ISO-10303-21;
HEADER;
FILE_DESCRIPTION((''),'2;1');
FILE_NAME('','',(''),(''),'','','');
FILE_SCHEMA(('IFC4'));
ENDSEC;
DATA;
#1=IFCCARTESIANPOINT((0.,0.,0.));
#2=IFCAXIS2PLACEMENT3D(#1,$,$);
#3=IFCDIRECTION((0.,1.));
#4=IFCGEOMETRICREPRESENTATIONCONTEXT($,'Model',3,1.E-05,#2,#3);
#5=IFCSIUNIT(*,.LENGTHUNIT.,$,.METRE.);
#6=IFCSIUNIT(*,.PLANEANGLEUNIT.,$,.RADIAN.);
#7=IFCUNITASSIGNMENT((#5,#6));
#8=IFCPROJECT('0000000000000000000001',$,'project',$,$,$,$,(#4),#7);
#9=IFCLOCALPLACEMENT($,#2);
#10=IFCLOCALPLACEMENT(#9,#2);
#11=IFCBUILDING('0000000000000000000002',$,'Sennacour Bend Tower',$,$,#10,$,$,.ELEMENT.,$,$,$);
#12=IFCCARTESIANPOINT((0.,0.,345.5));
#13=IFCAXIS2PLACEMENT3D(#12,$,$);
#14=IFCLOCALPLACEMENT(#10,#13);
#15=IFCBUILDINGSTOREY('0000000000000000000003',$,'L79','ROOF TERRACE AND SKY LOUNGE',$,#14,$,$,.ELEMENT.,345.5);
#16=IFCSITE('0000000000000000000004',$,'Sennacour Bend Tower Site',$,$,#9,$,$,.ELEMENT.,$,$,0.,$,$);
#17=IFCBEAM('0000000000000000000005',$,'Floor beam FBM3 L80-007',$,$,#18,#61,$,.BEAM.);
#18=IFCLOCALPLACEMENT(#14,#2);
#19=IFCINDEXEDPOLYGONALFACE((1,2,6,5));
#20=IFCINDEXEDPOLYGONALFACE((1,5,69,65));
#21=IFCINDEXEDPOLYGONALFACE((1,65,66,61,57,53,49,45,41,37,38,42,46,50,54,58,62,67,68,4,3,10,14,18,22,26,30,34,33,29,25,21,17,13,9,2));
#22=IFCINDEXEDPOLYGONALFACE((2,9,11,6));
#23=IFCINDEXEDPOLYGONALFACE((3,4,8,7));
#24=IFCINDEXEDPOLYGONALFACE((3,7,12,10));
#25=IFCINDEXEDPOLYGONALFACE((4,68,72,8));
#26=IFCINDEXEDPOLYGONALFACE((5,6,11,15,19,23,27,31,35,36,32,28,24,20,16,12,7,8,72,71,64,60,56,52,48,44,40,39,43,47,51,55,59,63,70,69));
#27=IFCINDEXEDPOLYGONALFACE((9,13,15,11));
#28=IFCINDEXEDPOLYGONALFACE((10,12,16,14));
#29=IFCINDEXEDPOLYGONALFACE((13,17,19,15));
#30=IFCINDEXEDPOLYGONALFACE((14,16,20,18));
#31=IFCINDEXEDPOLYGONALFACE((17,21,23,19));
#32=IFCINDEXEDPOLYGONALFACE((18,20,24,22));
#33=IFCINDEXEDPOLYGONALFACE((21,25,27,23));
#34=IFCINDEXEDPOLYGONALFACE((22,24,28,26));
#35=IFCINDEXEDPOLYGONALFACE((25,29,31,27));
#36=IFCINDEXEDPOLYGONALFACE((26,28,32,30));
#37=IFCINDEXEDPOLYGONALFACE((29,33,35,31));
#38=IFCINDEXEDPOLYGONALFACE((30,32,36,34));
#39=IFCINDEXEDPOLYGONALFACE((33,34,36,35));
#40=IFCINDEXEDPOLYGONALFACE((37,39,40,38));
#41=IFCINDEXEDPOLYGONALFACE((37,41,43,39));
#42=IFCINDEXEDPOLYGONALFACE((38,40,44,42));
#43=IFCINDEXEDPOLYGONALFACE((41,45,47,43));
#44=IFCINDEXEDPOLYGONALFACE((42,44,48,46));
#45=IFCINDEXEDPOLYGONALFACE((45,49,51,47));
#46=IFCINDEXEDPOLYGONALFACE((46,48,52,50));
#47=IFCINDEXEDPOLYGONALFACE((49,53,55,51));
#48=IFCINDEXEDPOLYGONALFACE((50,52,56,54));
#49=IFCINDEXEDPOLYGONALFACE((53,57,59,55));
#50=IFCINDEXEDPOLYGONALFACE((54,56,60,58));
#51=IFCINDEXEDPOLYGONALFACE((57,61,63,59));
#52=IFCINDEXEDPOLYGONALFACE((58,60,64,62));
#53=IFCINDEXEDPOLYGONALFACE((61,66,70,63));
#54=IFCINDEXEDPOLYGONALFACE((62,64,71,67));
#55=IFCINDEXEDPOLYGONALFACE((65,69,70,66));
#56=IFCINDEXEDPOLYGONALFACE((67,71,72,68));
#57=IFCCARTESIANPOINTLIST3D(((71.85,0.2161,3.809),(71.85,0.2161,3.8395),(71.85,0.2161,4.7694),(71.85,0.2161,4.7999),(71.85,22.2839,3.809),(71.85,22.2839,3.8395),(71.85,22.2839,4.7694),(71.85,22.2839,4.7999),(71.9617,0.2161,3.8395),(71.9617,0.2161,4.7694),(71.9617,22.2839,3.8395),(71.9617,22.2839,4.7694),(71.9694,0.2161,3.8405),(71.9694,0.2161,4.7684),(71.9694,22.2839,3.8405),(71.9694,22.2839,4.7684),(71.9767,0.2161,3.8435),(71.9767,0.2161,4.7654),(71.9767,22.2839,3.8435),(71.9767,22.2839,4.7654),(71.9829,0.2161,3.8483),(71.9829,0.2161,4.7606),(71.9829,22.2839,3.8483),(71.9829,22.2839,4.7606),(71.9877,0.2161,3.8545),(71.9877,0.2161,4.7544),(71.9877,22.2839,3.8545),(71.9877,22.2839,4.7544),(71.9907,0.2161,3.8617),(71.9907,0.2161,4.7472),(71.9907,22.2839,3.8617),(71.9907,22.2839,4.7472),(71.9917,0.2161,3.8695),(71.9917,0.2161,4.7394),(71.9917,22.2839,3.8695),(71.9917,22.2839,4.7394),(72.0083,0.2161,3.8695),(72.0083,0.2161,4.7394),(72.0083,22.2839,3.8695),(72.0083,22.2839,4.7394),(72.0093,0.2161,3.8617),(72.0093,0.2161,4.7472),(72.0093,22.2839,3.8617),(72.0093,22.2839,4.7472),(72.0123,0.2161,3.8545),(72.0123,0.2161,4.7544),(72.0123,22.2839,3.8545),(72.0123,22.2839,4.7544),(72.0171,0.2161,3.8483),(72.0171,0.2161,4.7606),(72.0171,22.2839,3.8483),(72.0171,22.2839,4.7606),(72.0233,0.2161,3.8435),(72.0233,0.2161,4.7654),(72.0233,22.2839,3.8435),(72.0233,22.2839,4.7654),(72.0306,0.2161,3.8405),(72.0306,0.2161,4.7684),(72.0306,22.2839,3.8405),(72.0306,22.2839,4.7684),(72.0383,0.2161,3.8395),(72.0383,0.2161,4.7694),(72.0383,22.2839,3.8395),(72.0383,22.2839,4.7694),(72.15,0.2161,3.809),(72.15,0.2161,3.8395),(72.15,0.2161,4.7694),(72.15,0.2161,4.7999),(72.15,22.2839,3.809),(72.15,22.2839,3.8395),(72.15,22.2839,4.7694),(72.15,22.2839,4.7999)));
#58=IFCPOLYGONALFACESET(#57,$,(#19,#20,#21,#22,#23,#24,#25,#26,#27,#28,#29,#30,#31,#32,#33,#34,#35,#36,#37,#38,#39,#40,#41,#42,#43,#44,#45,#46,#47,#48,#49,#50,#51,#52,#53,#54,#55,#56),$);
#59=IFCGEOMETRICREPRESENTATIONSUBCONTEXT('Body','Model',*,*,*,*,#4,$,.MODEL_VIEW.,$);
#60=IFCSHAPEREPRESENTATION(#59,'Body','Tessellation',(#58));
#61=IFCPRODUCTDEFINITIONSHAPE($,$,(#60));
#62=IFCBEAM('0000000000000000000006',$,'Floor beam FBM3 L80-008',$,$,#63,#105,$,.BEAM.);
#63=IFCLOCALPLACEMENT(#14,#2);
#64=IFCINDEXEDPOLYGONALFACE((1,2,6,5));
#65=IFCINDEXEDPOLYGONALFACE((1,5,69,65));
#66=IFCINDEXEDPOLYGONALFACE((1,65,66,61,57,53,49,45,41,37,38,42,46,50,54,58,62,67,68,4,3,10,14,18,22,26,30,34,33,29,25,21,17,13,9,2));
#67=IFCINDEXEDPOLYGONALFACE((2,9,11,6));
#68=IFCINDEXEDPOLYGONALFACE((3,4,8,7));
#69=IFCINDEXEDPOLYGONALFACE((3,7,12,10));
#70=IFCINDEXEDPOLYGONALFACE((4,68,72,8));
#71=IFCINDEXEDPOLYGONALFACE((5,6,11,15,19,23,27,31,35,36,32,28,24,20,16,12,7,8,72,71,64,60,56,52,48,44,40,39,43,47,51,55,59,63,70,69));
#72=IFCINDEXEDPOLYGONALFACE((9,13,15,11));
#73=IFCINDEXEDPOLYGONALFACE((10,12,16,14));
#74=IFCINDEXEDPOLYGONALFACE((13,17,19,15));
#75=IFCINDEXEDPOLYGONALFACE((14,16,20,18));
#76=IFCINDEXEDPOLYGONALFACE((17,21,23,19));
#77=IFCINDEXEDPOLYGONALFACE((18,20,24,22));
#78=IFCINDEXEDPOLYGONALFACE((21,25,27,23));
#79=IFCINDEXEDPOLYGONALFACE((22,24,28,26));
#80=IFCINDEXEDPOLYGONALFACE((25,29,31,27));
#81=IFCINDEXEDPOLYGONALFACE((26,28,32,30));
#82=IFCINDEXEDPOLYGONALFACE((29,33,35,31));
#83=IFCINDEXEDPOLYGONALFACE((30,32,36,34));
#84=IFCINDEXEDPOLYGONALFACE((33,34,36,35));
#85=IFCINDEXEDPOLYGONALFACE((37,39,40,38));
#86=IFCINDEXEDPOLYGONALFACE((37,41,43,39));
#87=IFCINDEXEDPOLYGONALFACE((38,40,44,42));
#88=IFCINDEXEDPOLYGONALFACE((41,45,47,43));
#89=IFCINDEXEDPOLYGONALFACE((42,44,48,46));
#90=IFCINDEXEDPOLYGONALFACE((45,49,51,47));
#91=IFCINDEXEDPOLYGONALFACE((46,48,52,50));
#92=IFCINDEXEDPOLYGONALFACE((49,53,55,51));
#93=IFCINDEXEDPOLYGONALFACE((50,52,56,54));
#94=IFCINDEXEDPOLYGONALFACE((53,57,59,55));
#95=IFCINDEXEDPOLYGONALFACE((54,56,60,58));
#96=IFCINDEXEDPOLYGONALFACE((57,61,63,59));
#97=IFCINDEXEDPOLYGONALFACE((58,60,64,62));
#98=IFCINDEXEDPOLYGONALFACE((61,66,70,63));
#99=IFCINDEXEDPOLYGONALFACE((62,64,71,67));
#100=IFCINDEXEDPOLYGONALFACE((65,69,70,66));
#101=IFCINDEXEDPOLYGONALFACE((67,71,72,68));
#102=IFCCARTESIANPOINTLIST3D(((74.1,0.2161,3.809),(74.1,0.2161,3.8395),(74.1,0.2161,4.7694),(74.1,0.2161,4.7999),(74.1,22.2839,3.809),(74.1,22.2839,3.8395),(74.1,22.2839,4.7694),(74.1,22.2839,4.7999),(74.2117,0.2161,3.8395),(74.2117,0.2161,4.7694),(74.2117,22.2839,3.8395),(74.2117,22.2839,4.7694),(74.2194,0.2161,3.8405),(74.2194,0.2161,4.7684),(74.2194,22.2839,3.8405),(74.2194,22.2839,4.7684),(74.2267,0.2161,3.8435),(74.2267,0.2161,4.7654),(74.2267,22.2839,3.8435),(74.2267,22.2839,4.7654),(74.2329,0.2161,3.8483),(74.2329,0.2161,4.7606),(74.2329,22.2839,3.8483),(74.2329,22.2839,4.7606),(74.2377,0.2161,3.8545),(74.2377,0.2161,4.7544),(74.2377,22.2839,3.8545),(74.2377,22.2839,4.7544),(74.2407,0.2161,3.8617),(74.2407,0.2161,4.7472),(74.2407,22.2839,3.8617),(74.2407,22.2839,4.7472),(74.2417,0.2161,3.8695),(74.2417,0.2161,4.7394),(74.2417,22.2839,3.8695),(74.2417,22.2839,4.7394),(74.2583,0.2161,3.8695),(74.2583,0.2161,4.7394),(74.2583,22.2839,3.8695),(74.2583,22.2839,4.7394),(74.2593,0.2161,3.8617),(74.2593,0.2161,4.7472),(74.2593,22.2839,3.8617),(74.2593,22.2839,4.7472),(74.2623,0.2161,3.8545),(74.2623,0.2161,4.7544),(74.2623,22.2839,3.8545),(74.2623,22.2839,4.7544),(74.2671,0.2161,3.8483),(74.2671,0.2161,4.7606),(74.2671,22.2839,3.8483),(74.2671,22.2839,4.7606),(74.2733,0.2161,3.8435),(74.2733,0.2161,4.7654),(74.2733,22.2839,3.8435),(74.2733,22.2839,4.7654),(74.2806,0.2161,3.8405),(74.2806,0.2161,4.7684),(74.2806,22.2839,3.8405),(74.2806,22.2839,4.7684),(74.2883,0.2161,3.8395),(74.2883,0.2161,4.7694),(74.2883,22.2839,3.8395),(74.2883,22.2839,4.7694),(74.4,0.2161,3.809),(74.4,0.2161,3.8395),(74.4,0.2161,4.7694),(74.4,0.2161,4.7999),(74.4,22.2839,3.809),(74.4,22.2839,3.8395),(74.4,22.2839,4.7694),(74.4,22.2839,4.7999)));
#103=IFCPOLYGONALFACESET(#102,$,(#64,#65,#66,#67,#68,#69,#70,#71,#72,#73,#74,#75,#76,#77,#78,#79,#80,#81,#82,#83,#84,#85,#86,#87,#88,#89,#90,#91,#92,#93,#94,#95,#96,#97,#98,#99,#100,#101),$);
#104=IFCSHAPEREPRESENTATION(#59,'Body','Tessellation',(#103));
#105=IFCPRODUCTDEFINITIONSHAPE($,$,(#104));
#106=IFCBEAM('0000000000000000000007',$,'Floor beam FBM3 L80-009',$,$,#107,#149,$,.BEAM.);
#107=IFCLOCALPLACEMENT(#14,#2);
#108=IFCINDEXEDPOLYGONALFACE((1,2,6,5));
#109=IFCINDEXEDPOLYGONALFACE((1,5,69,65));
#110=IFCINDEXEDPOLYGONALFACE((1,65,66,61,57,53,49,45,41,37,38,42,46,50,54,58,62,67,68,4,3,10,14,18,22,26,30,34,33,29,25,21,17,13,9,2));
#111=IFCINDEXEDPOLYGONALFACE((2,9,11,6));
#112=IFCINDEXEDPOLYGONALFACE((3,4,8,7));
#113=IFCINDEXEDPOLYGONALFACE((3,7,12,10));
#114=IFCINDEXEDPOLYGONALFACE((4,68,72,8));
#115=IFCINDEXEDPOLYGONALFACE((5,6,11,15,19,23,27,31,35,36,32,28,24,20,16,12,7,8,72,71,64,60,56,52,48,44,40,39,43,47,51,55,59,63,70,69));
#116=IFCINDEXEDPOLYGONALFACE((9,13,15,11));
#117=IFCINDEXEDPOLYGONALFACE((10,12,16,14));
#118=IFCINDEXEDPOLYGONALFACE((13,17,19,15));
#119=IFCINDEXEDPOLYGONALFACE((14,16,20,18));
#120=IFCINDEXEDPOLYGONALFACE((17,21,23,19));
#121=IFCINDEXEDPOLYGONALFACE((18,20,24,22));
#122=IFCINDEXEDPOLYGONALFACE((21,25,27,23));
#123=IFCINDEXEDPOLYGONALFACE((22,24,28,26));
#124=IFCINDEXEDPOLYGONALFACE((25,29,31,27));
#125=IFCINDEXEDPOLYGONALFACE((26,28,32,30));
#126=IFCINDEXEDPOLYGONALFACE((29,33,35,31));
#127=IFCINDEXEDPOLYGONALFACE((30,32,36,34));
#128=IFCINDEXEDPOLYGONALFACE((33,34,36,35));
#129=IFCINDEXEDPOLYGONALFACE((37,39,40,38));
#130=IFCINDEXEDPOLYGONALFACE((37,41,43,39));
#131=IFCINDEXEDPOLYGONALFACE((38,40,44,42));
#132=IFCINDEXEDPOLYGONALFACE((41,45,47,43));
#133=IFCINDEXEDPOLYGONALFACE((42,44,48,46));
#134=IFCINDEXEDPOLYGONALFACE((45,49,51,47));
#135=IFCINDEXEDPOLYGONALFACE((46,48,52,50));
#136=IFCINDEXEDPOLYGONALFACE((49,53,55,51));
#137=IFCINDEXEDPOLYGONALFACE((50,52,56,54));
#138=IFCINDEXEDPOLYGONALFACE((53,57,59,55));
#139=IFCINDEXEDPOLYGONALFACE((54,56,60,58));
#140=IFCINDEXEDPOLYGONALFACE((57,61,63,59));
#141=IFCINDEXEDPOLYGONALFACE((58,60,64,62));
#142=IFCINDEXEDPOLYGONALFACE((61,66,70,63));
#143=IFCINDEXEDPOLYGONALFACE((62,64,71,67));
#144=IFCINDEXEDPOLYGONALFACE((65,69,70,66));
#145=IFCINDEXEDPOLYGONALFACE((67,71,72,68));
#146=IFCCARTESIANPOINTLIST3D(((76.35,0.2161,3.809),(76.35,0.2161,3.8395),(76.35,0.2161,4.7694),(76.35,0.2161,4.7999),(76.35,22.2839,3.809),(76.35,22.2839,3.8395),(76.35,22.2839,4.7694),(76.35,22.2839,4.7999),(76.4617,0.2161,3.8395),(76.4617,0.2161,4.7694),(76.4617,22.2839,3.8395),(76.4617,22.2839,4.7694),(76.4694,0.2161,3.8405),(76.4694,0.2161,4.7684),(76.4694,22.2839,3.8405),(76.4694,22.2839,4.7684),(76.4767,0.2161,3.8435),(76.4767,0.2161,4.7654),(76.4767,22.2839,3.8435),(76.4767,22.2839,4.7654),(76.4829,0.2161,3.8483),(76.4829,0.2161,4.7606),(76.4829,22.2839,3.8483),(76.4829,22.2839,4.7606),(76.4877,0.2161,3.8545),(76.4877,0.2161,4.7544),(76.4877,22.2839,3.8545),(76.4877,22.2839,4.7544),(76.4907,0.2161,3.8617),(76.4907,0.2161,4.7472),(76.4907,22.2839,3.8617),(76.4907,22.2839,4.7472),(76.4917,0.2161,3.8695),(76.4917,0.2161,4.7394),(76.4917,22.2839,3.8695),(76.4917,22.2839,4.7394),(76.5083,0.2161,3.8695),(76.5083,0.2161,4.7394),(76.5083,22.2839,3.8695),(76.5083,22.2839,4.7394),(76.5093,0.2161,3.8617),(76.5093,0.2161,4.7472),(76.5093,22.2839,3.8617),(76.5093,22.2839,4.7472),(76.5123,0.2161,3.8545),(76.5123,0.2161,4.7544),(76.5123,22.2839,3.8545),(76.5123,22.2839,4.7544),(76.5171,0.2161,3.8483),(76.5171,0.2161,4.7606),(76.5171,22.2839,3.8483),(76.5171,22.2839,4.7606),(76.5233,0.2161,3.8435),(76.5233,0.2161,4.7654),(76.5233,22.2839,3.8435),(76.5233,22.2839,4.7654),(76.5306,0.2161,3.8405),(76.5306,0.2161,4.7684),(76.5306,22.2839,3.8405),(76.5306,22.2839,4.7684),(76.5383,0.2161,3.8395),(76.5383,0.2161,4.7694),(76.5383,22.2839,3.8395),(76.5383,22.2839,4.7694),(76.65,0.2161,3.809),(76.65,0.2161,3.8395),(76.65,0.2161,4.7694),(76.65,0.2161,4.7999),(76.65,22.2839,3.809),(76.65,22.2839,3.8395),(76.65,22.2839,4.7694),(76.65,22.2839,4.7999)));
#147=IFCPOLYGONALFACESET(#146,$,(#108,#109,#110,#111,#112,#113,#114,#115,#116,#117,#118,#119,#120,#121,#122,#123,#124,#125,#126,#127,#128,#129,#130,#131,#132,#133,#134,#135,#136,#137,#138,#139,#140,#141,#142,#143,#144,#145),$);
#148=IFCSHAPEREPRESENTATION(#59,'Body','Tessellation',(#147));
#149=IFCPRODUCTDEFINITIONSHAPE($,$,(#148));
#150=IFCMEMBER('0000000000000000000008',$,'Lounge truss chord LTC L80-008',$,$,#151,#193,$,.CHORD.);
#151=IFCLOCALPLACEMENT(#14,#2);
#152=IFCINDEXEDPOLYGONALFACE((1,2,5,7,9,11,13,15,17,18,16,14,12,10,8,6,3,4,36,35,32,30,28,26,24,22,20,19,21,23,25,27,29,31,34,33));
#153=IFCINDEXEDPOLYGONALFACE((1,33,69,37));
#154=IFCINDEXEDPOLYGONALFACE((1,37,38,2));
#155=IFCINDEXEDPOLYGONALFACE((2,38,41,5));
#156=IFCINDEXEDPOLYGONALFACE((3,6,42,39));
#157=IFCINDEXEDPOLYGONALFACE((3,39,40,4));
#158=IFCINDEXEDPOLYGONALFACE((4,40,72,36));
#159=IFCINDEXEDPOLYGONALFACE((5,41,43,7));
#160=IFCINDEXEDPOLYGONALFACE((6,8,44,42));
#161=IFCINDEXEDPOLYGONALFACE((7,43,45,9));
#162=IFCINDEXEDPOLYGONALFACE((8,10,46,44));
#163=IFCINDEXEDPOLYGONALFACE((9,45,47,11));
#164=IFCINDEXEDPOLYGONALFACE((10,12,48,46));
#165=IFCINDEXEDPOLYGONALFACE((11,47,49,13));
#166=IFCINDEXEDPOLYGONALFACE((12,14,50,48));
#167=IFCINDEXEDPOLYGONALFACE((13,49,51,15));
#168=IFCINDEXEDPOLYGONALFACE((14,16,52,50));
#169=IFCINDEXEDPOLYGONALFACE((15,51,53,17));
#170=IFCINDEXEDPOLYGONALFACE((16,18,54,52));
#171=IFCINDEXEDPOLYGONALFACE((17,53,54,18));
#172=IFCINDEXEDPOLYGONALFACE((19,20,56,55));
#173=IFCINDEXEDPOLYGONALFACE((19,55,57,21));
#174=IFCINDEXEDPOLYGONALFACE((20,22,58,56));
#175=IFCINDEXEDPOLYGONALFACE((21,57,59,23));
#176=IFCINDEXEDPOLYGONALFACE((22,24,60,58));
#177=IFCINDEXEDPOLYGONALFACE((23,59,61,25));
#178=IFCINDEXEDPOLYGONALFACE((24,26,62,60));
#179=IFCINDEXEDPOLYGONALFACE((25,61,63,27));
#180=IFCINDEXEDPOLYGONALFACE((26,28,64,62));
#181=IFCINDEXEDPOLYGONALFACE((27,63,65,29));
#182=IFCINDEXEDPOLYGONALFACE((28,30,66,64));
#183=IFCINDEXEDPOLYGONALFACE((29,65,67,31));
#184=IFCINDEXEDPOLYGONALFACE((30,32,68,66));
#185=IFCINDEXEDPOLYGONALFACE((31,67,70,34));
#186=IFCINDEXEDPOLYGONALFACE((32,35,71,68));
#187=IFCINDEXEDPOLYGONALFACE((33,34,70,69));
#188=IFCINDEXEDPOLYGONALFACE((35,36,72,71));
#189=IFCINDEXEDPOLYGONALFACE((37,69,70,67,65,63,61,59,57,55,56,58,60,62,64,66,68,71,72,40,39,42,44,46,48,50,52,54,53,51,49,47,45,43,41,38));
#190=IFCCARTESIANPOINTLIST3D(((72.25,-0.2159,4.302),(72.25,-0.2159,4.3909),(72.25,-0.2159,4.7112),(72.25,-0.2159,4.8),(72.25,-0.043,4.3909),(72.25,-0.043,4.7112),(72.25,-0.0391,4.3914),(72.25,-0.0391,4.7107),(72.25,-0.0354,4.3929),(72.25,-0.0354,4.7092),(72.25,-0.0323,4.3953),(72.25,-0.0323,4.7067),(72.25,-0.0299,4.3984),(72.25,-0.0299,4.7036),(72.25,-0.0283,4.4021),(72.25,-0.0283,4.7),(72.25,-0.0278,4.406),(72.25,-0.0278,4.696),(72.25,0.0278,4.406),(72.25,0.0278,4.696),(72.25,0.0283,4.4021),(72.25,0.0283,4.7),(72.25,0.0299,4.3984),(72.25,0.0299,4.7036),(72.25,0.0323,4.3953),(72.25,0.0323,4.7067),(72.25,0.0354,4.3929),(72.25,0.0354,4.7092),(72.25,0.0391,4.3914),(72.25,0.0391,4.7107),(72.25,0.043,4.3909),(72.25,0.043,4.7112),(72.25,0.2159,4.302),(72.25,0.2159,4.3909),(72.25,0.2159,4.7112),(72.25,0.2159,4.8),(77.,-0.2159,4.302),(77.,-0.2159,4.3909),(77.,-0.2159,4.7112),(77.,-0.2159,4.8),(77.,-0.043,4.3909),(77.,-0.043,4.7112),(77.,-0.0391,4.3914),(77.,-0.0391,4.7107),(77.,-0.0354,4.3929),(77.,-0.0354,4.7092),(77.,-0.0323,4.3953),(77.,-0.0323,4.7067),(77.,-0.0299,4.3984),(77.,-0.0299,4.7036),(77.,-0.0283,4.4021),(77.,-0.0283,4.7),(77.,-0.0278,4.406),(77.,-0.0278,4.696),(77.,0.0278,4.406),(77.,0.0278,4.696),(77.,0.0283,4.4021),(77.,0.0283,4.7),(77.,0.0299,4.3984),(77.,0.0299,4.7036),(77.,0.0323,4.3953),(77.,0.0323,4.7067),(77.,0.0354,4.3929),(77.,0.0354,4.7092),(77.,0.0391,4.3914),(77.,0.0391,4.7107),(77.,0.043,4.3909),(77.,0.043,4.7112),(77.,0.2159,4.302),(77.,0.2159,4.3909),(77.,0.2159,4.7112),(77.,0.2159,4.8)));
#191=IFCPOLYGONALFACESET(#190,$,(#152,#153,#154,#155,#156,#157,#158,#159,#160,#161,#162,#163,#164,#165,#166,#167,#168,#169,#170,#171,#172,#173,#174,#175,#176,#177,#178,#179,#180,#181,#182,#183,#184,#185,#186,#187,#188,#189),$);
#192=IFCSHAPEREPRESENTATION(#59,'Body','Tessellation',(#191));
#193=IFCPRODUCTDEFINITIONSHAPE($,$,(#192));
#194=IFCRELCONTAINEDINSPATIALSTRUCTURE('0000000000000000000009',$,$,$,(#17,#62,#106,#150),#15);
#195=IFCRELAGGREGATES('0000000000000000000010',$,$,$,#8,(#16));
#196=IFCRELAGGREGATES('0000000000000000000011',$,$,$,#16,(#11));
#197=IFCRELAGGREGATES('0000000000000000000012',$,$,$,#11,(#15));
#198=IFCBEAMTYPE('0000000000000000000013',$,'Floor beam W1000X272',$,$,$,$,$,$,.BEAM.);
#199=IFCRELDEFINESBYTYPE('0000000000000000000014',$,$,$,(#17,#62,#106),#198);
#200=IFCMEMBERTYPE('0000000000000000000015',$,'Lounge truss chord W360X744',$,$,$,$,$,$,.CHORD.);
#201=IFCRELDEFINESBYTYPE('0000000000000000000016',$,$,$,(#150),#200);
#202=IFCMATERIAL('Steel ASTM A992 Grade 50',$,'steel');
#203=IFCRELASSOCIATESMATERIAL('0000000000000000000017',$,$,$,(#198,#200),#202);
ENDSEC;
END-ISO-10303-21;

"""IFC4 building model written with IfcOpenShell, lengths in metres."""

from ifc_helpers import new_model, si_unit, direction, frame, origin, origin_2d, place, context, subcontext, project, spatial, i_section, extrude, material, material_profile, profile_set, type_object, element, save


model = new_model("IFC4")

# Units and contexts
model_context = context("Model", 3, precision=1e-05, world=origin(), true_north=direction((0.0, 1.0)))
body_context = subcontext(model_context, "Body", "Model", "MODEL_VIEW")
ifc_project = project(units=[si_unit("LENGTHUNIT", "METRE"), si_unit("PLANEANGLEUNIT", "RADIAN")], contexts=[model_context])

# Site, building, storey
site_placement = place(None, origin())
site = spatial("IfcSite", under=ifc_project, at=site_placement, Name="Sennacour Bend Tower Site", CompositionType="ELEMENT", RefElevation=0.0)
building_placement = place(site_placement, origin())
building = spatial("IfcBuilding", under=site, at=building_placement, Name="Sennacour Bend Tower", CompositionType="ELEMENT")
storey_placement = place(building_placement, frame((0.0, 0.0, 345.5)))
storey = spatial("IfcBuildingStorey", under=building, at=storey_placement, Name="L79", Description="ROOF TERRACE AND SKY LOUNGE", CompositionType="ELEMENT", Elevation=345.5)

# Beams
ifc_material_1 = material(Name="Steel ASTM A992 Grade 50", Category="steel")
ifc_material_profile_1 = material_profile(ifc_material_1, i_section(OverallWidth=0.3, OverallDepth=0.991, WebThickness=0.0166, FlangeThickness=0.0305, FilletRadius=0.03, at=origin_2d()), Name="Steel ASTM A992 Grade 50", Category="steel")
ifc_profile_set_1 = profile_set([ifc_material_profile_1], Name="Steel ASTM A992 Grade 50")
beam_type = type_object("IfcBeamType", Name="Floor beam W1000X272", PredefinedType="BEAM", material=ifc_profile_set_1)
for number, where, z_axis, x_axis, name in (
    (1, (72.0, 0.2161, 4.3044), (0.0, 1.0, 0.0), (-1.0, 0.0, 0.0), "Floor beam FBM3 L80-007"),
    (2, (74.25, 0.2161, 4.3044), (0.0, 1.0, 0.0), (-1.0, 0.0, 0.0), "Floor beam FBM3 L80-008"),
    (3, (76.5, 0.2161, 4.3044), (0.0, 1.0, 0.0), (-1.0, 0.0, 0.0), "Floor beam FBM3 L80-009"),
):
    element("IfcBeam", number, at=place(storey_placement, frame(where, z_axis=z_axis, x_axis=x_axis)), inside=storey, type_object=beam_type, Name=name, PredefinedType="BEAM", context=body_context, shape_type="SweptSolid", body=[
        extrude(i_section(OverallWidth=0.3, OverallDepth=0.991, WebThickness=0.0166, FlangeThickness=0.0305, FilletRadius=0.03, at=origin_2d()), origin(), (0.0, 0.0, 1.0), 22.0679),
    ])

# Member
ifc_material_profile_2 = material_profile(ifc_material_1, i_section(OverallWidth=0.4319, OverallDepth=0.498, WebThickness=0.0557, FlangeThickness=0.0889, FilletRadius=0.0151, at=origin_2d()), Name="Steel ASTM A992 Grade 50", Category="steel")
ifc_profile_set_2 = profile_set([ifc_material_profile_2], Name="Steel ASTM A992 Grade 50")
member_type_1 = type_object("IfcMemberType", Name="Lounge truss chord W360X744", PredefinedType="CHORD", material=ifc_profile_set_2)
member_1_placement = place(storey_placement, frame((72.25, 0.0, 4.551), z_axis=(1.0, 0.0, 0.0), x_axis=(0.0, 1.0, 0.0)))
element("IfcMember", 4, at=member_1_placement, inside=storey, type_object=member_type_1, Name="Lounge truss chord LTC L80-008", PredefinedType="CHORD", context=body_context, shape_type="SweptSolid", body=[
    extrude(i_section(OverallWidth=0.4319, OverallDepth=0.498, WebThickness=0.0557, FlangeThickness=0.0889, FilletRadius=0.0151, at=origin_2d()), origin(), (0.0, 0.0, 1.0), 4.75),
])

save(model, "model.ifc")
